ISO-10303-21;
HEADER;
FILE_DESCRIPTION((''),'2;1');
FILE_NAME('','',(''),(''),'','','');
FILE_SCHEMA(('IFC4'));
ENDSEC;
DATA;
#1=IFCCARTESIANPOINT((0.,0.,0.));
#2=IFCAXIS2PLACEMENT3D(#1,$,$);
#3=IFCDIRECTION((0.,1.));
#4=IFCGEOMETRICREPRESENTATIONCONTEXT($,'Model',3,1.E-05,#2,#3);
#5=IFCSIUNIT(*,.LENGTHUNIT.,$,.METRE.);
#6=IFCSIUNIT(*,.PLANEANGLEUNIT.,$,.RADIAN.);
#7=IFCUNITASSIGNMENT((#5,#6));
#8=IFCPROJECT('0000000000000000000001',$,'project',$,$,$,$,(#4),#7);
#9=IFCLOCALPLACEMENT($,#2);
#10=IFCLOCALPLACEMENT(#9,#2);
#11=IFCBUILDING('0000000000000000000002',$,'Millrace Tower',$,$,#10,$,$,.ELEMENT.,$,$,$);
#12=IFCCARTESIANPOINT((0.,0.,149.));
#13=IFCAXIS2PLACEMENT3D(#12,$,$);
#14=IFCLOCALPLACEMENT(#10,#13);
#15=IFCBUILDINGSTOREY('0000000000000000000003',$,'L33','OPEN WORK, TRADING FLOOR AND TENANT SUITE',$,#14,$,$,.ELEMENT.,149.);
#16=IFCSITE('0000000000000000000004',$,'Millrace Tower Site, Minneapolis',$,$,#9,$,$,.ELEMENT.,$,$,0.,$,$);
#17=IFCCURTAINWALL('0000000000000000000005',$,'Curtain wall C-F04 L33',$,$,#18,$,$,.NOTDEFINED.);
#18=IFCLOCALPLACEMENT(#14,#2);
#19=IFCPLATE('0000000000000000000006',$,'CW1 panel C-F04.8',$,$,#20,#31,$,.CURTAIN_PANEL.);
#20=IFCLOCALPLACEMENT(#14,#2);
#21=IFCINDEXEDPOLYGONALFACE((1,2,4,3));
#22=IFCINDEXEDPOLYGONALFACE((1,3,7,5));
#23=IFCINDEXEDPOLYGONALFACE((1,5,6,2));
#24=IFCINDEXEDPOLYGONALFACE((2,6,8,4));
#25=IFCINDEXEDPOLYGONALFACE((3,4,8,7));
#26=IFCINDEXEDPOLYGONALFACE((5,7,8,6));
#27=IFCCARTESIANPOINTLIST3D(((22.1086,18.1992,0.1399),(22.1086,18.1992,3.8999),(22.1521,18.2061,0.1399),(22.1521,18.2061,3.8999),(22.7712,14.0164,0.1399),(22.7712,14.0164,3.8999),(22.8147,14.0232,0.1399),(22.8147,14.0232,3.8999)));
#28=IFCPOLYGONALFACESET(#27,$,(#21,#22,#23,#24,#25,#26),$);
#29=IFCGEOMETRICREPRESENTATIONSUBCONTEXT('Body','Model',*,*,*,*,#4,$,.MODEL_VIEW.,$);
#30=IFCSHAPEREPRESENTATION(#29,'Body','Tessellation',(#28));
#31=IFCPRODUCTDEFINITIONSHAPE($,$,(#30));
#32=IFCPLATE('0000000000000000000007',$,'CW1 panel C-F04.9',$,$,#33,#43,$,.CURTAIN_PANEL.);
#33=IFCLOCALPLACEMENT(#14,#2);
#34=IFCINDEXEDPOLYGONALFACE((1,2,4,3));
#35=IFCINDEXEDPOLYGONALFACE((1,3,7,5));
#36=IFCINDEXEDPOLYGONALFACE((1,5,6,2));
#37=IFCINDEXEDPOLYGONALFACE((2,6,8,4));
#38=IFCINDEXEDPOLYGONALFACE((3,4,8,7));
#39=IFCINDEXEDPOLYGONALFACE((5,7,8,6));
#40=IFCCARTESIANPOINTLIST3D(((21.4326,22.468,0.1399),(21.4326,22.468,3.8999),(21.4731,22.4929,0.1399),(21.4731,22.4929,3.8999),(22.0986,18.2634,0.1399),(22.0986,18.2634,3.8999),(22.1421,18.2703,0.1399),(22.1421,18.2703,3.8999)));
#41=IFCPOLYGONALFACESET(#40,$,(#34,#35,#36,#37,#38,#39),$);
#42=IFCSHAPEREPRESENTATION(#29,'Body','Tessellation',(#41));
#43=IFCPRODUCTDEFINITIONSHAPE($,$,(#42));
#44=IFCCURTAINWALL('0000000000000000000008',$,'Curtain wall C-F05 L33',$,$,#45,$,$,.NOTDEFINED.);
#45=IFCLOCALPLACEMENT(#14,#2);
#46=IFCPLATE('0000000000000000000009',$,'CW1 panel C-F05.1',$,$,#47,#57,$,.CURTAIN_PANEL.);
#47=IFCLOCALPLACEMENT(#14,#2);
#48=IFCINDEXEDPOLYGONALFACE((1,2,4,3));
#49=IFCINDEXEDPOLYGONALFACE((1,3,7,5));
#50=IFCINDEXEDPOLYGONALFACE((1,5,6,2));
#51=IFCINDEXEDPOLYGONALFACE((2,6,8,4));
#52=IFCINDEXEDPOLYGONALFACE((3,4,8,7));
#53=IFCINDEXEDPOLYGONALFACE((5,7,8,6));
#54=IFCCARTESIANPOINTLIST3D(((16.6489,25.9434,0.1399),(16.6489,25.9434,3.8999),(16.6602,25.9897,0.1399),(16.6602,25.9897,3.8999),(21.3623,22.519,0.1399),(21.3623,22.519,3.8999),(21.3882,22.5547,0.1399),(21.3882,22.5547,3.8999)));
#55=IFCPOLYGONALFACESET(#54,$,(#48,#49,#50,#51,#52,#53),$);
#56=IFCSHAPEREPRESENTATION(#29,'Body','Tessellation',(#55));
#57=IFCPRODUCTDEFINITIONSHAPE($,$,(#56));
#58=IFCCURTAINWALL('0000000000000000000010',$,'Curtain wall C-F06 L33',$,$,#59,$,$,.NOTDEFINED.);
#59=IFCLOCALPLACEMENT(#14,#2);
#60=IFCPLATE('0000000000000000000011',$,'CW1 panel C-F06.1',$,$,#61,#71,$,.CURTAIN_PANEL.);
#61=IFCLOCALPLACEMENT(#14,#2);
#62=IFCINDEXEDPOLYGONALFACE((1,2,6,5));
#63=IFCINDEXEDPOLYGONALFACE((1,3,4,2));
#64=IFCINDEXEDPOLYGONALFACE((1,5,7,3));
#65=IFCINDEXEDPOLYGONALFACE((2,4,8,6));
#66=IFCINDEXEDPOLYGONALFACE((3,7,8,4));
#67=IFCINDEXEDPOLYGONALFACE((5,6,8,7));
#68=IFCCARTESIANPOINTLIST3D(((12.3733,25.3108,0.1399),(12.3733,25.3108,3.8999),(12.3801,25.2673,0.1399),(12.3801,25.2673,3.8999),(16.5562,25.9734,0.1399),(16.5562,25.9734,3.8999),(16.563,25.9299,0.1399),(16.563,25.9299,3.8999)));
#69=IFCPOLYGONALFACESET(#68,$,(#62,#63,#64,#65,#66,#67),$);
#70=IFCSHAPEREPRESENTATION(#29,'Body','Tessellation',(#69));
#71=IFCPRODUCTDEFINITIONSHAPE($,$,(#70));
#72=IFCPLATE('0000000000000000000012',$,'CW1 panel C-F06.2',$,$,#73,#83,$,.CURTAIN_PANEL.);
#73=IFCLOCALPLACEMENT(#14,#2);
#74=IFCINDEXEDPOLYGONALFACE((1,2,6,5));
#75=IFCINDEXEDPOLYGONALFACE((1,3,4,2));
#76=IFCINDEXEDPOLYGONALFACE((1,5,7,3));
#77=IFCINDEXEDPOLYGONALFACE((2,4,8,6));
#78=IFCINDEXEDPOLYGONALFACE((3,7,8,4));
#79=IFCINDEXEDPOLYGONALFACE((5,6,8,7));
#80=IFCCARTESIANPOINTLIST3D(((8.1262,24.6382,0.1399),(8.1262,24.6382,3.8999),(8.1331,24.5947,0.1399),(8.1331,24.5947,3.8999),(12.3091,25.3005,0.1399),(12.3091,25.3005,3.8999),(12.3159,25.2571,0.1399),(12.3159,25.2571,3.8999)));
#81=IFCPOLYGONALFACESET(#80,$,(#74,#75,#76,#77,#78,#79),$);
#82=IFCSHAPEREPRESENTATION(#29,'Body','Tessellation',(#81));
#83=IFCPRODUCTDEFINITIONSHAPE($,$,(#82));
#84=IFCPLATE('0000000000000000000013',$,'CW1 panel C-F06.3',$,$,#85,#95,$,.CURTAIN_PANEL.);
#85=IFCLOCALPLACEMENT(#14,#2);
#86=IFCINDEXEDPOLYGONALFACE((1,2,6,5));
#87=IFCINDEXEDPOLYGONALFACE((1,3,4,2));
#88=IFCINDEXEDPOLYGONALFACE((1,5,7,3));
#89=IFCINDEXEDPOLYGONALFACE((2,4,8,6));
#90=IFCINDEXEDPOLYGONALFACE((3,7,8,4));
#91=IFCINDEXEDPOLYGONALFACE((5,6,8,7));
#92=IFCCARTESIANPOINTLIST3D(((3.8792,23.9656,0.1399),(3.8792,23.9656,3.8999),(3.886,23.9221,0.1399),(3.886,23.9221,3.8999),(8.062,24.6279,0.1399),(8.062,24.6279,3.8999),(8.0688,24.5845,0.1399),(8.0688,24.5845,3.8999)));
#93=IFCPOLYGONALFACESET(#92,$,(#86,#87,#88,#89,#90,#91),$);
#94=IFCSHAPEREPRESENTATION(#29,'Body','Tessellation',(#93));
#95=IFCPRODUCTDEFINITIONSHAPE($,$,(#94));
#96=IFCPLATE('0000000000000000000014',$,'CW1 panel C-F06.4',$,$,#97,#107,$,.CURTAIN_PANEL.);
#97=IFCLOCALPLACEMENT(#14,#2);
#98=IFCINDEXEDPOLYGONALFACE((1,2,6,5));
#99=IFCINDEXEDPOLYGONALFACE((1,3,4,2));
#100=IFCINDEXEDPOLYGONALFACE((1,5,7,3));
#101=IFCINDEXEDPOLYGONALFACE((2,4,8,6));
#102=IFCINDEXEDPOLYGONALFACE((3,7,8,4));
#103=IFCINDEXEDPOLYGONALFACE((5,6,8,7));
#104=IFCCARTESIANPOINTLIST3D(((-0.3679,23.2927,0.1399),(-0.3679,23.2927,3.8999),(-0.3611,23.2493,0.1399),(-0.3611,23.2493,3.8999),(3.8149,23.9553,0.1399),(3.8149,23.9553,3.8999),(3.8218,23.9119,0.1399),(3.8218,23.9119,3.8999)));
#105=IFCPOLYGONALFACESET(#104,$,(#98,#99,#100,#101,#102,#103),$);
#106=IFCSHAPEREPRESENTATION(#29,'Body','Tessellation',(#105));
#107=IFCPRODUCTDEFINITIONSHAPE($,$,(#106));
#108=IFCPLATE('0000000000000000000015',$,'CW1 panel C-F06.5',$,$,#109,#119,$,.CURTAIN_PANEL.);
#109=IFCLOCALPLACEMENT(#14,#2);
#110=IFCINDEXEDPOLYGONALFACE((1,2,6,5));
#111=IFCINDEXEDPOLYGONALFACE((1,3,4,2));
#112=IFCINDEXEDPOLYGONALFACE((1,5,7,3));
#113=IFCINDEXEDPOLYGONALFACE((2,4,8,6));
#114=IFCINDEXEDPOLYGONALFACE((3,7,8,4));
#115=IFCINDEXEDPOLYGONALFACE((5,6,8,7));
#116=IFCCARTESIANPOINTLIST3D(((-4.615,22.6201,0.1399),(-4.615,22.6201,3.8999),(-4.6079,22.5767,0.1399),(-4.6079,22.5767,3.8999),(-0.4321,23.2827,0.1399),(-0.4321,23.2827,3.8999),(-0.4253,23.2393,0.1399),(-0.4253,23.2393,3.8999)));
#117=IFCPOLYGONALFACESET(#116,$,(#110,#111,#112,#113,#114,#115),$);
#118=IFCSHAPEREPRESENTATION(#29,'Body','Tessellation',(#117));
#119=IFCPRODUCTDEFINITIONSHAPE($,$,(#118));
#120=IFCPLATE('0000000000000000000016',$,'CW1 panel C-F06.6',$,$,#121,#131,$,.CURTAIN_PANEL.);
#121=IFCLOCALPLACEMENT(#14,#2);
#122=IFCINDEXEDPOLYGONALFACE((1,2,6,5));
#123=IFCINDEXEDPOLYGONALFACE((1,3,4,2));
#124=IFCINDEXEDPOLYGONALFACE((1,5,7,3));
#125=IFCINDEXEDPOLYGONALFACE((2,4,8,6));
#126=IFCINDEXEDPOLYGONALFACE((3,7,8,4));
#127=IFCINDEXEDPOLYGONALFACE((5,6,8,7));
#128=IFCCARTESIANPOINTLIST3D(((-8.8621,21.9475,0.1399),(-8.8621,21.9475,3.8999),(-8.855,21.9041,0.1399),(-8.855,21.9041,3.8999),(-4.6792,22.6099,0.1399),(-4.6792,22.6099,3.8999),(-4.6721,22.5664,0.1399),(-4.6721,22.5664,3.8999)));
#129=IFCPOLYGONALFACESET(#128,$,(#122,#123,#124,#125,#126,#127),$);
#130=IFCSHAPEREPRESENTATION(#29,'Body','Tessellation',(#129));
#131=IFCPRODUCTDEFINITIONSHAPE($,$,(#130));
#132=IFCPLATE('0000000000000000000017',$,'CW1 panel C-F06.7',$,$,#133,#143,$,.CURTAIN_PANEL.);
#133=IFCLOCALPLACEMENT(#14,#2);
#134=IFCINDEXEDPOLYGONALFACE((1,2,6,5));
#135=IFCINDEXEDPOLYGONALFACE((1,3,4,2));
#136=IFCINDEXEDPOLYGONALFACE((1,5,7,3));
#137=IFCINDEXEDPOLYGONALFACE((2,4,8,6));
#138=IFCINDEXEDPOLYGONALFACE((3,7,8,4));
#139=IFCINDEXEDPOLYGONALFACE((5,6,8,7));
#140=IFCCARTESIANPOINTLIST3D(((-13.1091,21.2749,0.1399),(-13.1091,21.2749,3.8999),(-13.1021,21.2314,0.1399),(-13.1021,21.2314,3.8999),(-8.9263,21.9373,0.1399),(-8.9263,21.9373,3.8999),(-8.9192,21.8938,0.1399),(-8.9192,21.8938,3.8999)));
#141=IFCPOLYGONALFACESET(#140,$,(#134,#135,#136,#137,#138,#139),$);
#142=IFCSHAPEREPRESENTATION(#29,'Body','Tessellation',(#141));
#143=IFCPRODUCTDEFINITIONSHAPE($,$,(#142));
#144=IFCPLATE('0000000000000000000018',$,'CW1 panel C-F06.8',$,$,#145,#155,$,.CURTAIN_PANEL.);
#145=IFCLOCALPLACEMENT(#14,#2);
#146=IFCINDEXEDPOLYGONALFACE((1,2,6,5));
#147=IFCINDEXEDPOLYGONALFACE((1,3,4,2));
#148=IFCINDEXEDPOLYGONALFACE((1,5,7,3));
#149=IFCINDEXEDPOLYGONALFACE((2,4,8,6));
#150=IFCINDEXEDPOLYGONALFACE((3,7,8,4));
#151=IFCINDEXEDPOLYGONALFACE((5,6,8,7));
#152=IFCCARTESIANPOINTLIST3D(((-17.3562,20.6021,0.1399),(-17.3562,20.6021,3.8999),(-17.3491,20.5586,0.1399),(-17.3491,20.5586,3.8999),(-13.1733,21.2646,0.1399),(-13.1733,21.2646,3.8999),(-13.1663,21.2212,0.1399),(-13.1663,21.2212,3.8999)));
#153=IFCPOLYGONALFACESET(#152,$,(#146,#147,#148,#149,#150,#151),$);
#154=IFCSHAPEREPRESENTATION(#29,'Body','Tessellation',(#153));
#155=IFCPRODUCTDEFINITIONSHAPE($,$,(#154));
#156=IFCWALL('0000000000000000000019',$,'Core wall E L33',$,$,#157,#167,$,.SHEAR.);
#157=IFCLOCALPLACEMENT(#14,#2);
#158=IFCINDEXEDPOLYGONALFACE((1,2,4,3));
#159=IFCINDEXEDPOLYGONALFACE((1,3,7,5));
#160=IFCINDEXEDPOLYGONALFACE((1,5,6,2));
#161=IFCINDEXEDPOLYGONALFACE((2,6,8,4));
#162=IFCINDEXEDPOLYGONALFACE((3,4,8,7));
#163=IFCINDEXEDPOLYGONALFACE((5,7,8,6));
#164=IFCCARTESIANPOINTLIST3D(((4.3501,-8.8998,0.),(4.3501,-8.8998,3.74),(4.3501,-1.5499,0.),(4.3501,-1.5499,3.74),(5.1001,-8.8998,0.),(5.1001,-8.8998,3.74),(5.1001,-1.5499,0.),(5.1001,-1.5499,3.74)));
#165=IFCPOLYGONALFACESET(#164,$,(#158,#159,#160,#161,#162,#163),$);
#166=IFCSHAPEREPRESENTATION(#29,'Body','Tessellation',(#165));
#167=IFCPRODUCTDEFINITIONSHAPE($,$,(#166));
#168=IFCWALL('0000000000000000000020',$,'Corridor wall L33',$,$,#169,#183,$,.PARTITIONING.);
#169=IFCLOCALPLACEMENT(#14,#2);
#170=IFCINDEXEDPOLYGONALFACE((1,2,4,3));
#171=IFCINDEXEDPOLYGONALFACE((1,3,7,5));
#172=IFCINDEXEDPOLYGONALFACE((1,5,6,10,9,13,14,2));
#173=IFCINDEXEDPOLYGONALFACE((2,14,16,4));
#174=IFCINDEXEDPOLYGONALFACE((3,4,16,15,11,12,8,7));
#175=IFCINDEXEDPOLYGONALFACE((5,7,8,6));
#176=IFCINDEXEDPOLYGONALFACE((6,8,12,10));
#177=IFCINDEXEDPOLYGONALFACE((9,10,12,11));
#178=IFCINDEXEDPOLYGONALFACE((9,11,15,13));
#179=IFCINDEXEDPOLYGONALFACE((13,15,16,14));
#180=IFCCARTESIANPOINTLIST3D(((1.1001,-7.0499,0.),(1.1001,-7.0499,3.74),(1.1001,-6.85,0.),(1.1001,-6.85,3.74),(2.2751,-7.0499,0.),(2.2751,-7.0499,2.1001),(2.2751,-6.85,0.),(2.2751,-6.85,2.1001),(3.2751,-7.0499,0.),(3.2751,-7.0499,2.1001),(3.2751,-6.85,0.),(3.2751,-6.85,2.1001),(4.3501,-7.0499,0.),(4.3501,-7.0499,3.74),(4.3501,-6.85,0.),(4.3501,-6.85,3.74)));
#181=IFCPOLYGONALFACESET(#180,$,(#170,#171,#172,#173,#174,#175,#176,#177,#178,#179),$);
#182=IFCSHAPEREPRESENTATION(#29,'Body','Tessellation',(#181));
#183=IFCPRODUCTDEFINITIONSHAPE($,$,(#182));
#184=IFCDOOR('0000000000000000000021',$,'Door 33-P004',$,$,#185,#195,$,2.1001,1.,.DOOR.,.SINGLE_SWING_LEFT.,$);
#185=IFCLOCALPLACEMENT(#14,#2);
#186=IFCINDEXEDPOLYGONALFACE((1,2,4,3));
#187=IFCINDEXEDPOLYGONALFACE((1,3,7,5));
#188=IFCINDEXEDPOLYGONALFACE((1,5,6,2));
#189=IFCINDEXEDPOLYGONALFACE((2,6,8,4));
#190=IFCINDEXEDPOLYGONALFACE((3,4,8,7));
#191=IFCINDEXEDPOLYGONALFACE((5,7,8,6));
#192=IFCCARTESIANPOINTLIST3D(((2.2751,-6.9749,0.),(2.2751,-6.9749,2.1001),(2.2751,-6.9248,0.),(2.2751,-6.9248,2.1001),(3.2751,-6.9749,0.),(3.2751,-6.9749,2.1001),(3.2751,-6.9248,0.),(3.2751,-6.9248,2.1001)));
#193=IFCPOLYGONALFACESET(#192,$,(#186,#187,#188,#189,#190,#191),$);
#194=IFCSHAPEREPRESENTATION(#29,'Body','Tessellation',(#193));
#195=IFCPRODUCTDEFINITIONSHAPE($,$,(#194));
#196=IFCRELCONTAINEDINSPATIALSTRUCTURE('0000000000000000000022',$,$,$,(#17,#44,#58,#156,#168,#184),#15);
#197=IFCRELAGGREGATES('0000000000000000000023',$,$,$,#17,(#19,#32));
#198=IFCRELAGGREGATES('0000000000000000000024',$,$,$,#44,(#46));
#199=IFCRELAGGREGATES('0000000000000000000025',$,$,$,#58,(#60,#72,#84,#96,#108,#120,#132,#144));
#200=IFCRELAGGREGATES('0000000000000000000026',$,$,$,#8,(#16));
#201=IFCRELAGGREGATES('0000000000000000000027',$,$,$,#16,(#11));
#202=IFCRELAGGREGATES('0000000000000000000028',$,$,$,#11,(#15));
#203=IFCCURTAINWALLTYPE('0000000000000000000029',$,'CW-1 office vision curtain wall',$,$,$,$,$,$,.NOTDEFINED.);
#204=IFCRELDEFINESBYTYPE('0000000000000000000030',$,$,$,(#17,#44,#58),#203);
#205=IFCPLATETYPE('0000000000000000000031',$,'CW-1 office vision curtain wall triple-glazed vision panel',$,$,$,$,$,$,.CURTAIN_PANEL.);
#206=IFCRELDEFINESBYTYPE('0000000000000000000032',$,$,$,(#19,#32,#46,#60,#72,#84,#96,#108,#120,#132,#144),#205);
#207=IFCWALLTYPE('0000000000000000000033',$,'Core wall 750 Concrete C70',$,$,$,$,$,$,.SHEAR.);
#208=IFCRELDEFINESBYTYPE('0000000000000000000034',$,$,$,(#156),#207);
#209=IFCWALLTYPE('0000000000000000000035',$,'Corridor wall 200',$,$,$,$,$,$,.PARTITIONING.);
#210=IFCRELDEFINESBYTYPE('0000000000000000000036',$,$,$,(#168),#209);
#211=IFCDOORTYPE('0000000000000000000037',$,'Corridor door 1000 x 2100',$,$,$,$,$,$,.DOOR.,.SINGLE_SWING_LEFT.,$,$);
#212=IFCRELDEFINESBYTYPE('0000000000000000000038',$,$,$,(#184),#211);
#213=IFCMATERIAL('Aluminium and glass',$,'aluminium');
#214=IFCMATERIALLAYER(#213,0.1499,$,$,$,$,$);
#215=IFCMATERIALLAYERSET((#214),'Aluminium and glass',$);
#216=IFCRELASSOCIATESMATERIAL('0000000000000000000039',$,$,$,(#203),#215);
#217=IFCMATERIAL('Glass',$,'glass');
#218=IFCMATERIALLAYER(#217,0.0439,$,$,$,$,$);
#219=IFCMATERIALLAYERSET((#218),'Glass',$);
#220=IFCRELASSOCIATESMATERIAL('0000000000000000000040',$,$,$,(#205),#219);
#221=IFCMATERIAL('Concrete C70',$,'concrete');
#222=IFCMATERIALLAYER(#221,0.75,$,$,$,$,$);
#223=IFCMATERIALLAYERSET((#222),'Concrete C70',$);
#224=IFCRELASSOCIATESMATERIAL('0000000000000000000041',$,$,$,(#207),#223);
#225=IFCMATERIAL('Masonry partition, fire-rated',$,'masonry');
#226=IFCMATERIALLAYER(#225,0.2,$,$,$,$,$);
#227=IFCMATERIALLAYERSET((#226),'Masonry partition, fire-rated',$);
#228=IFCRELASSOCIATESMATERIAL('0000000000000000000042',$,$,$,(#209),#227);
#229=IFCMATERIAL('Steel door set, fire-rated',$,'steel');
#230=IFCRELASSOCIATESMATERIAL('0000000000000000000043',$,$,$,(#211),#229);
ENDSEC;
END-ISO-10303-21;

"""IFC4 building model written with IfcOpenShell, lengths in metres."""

from ifc_helpers import new_model, si_unit, direction, frame, frame_2d, origin, place, context, subcontext, project, spatial, polyline, rectangle, outline, extrude, material, layer, layer_set, type_object, element, fill, aggregate, save


model = new_model("IFC4")

# Units and contexts
model_context = context("Model", 3, precision=1e-05, world=origin(), true_north=direction((0.0, 1.0)))
body_context = subcontext(model_context, "Body", "Model", "MODEL_VIEW")
ifc_project = project(units=[si_unit("LENGTHUNIT", "METRE"), si_unit("PLANEANGLEUNIT", "RADIAN")], contexts=[model_context])

# Site, building, storey
site_placement = place(None, origin())
site = spatial("IfcSite", under=ifc_project, at=site_placement, Name="Millrace Tower Site, Minneapolis", CompositionType="ELEMENT", RefElevation=0.0)
building_placement = place(site_placement, origin())
building = spatial("IfcBuilding", under=site, at=building_placement, Name="Millrace Tower", CompositionType="ELEMENT")
storey_placement = place(building_placement, frame((0.0, 0.0, 149.0)))
storey = spatial("IfcBuildingStorey", under=building, at=storey_placement, Name="L33", Description="OPEN WORK, TRADING FLOOR AND TENANT SUITE", CompositionType="ELEMENT", Elevation=149.0)

# Curtain wall, plates
ifc_material_1 = material(Name="Aluminium and glass", Category="aluminium")
ifc_layer_1 = layer(ifc_material_1, 0.1499)
ifc_layer_set_1 = layer_set([ifc_layer_1], Name="Aluminium and glass")
curtain_wall_type = type_object("IfcCurtainWallType", Name="CW-1 office vision curtain wall", PredefinedType="NOTDEFINED", material=ifc_layer_set_1)
placement_1 = place(storey_placement, origin())
curtain_wall_1 = element("IfcCurtainWall", 1, at=placement_1, inside=storey, type_object=curtain_wall_type, Name="Curtain wall C-F04 L33", PredefinedType="NOTDEFINED")
ifc_material_2 = material(Name="Glass", Category="glass")
ifc_layer_2 = layer(ifc_material_2, 0.0439)
ifc_layer_set_2 = layer_set([ifc_layer_2], Name="Glass")
plate_type = type_object("IfcPlateType", Name="CW-1 office vision curtain wall triple-glazed vision panel", PredefinedType="CURTAIN_PANEL", material=ifc_layer_set_2)
placement_2 = place(storey_placement, frame((0.0, 0.0, 0.1399)))
plate_1 = element("IfcPlate", 2, at=placement_2, type_object=plate_type, Name="CW1 panel C-F04.8", PredefinedType="CURTAIN_PANEL", context=body_context, shape_type="SweptSolid", body=[
    extrude(outline(polyline([(22.8147, 14.0232), (22.1521, 18.2061), (22.1086, 18.1992), (22.7712, 14.0164), (22.8147, 14.0232)])), origin(), (0.0, 0.0, 1.0), 3.76),
])
plate_2 = element("IfcPlate", 3, at=placement_2, type_object=plate_type, Name="CW1 panel C-F04.9", PredefinedType="CURTAIN_PANEL", context=body_context, shape_type="SweptSolid", body=[
    extrude(outline(polyline([(22.1421, 18.2703), (21.4731, 22.4929), (21.4326, 22.468), (22.0986, 18.2634), (22.1421, 18.2703)])), origin(), (0.0, 0.0, 1.0), 3.76),
])
aggregate(curtain_wall_1, [plate_1, plate_2])

# Curtain wall, plate
curtain_wall_2 = element("IfcCurtainWall", 4, at=placement_1, inside=storey, type_object=curtain_wall_type, Name="Curtain wall C-F05 L33", PredefinedType="NOTDEFINED")
plate_3 = element("IfcPlate", 5, at=placement_2, type_object=plate_type, Name="CW1 panel C-F05.1", PredefinedType="CURTAIN_PANEL", context=body_context, shape_type="SweptSolid", body=[
    extrude(outline(polyline([(21.3882, 22.5547), (16.6602, 25.9897), (16.6489, 25.9434), (21.3623, 22.519), (21.3882, 22.5547)])), origin(), (0.0, 0.0, 1.0), 3.76),
])
aggregate(curtain_wall_2, [plate_3])

# Curtain wall, plates
curtain_wall_3 = element("IfcCurtainWall", 6, at=placement_1, inside=storey, type_object=curtain_wall_type, Name="Curtain wall C-F06 L33", PredefinedType="NOTDEFINED")
plate_4 = element("IfcPlate", 7, at=placement_2, type_object=plate_type, Name="CW1 panel C-F06.1", PredefinedType="CURTAIN_PANEL", context=body_context, shape_type="SweptSolid", body=[
    extrude(outline(polyline([(16.5562, 25.9734), (12.3733, 25.3108), (12.3801, 25.2673), (16.563, 25.9299), (16.5562, 25.9734)])), origin(), (0.0, 0.0, 1.0), 3.76),
])
plate_5 = element("IfcPlate", 8, at=placement_2, type_object=plate_type, Name="CW1 panel C-F06.2", PredefinedType="CURTAIN_PANEL", context=body_context, shape_type="SweptSolid", body=[
    extrude(outline(polyline([(12.3091, 25.3005), (8.1262, 24.6382), (8.1331, 24.5947), (12.3159, 25.2571), (12.3091, 25.3005)])), origin(), (0.0, 0.0, 1.0), 3.76),
])
plate_6 = element("IfcPlate", 9, at=placement_2, type_object=plate_type, Name="CW1 panel C-F06.3", PredefinedType="CURTAIN_PANEL", context=body_context, shape_type="SweptSolid", body=[
    extrude(outline(polyline([(8.062, 24.6279), (3.8792, 23.9656), (3.886, 23.9221), (8.0688, 24.5845), (8.062, 24.6279)])), origin(), (0.0, 0.0, 1.0), 3.76),
])
plate_7 = element("IfcPlate", 10, at=placement_2, type_object=plate_type, Name="CW1 panel C-F06.4", PredefinedType="CURTAIN_PANEL", context=body_context, shape_type="SweptSolid", body=[
    extrude(outline(polyline([(3.8149, 23.9553), (-0.3679, 23.2927), (-0.3611, 23.2493), (3.8218, 23.9119), (3.8149, 23.9553)])), origin(), (0.0, 0.0, 1.0), 3.76),
])
plate_8 = element("IfcPlate", 11, at=placement_2, type_object=plate_type, Name="CW1 panel C-F06.5", PredefinedType="CURTAIN_PANEL", context=body_context, shape_type="SweptSolid", body=[
    extrude(outline(polyline([(-0.4321, 23.2827), (-4.615, 22.6201), (-4.6079, 22.5767), (-0.4253, 23.2393), (-0.4321, 23.2827)])), origin(), (0.0, 0.0, 1.0), 3.76),
])
plate_9 = element("IfcPlate", 12, at=placement_2, type_object=plate_type, Name="CW1 panel C-F06.6", PredefinedType="CURTAIN_PANEL", context=body_context, shape_type="SweptSolid", body=[
    extrude(outline(polyline([(-4.6792, 22.6099), (-8.8621, 21.9475), (-8.855, 21.9041), (-4.6721, 22.5664), (-4.6792, 22.6099)])), origin(), (0.0, 0.0, 1.0), 3.76),
])
plate_10 = element("IfcPlate", 13, at=placement_2, type_object=plate_type, Name="CW1 panel C-F06.7", PredefinedType="CURTAIN_PANEL", context=body_context, shape_type="SweptSolid", body=[
    extrude(outline(polyline([(-8.9263, 21.9373), (-13.1091, 21.2749), (-13.1021, 21.2314), (-8.9192, 21.8938), (-8.9263, 21.9373)])), origin(), (0.0, 0.0, 1.0), 3.76),
])
plate_11 = element("IfcPlate", 14, at=placement_2, type_object=plate_type, Name="CW1 panel C-F06.8", PredefinedType="CURTAIN_PANEL", context=body_context, shape_type="SweptSolid", body=[
    extrude(outline(polyline([(-13.1733, 21.2646), (-17.3562, 20.6021), (-17.3491, 20.5586), (-13.1663, 21.2212), (-13.1733, 21.2646)])), origin(), (0.0, 0.0, 1.0), 3.76),
])
aggregate(curtain_wall_3, [plate_4, plate_5, plate_6, plate_7, plate_8, plate_9, plate_10, plate_11])

# Wall
ifc_material_3 = material(Name="Concrete C70", Category="concrete")
ifc_layer_3 = layer(ifc_material_3, 0.75)
ifc_layer_set_3 = layer_set([ifc_layer_3], Name="Concrete C70")
wall_type_1 = type_object("IfcWallType", Name="Core wall 750 Concrete C70", PredefinedType="SHEAR", material=ifc_layer_set_3)
wall_1_placement = place(storey_placement, frame((4.7251, -1.55, 0.0), z_axis=(0.0, 0.0, 1.0), x_axis=(0.0, -1.0, 0.0)))
element("IfcWall", 15, at=wall_1_placement, inside=storey, type_object=wall_type_1, Name="Core wall E L33", PredefinedType="SHEAR", context=body_context, shape_type="SweptSolid", body=[
    extrude(rectangle(XDim=7.3499, YDim=0.75, at=frame_2d((3.6748, 0.0))), origin(), (0.0, 0.0, 1.0), 3.74),
])

# Wall, opening, door
ifc_material_4 = material(Name="Masonry partition, fire-rated", Category="masonry")
ifc_layer_4 = layer(ifc_material_4, 0.2)
ifc_layer_set_4 = layer_set([ifc_layer_4], Name="Masonry partition, fire-rated")
wall_type_2 = type_object("IfcWallType", Name="Corridor wall 200", PredefinedType="PARTITIONING", material=ifc_layer_set_4)
wall_2_placement = place(storey_placement, frame((1.1001, -6.95, 0.0), z_axis=(0.0, 0.0, 1.0), x_axis=(1.0, 0.0, 0.0)))
wall_2 = element("IfcWall", 16, at=wall_2_placement, inside=storey, type_object=wall_type_2, Name="Corridor wall L33", PredefinedType="PARTITIONING", context=body_context, shape_type="SweptSolid", body=[
    extrude(rectangle(XDim=3.25, YDim=0.2, at=frame_2d((1.625, 0.0))), origin(), (0.0, 0.0, 1.0), 3.74),
])
opening_1_placement = place(wall_2_placement, frame((1.175, 0.0, 0.0)))
opening_1 = element("IfcOpeningElement", 17, at=opening_1_placement, cuts=wall_2, PredefinedType="OPENING", context=body_context, shape_type="SweptSolid", body=[
    extrude(rectangle(XDim=1.0, YDim=2.1001, at=frame_2d((0.5, 1.05))), frame((0.0, 0.1099, 0.0), z_axis=(0.0, -1.0, 0.0), x_axis=(1.0, 0.0, 0.0)), (0.0, 0.0, 1.0), 0.22),
])
ifc_material_5 = material(Name="Steel door set, fire-rated", Category="steel")
door_type_1 = type_object("IfcDoorType", Name="Corridor door 1000 x 2100", OperationType="SINGLE_SWING_LEFT", PredefinedType="DOOR", material=ifc_material_5)
door_1_placement = place(opening_1_placement, frame((1.0, 0.0, 0.0), z_axis=(0.0, 0.0, 1.0), x_axis=(-1.0, 0.0, 0.0)))
door_1 = element("IfcDoor", 18, at=door_1_placement, inside=storey, type_object=door_type_1, Name="Door 33-P004", OperationType="SINGLE_SWING_LEFT", OverallHeight=2.1001, OverallWidth=1.0, PredefinedType="DOOR", context=body_context, shape_type="SweptSolid", body=[
    extrude(rectangle(XDim=1.0, YDim=2.1001, at=frame_2d((0.5, 1.05))), frame((0.0, 0.0249, 0.0), z_axis=(0.0, -1.0, 0.0), x_axis=(1.0, 0.0, 0.0)), (0.0, 0.0, 1.0), 0.05),
])
fill(opening_1, door_1)

save(model, "model.ifc")
